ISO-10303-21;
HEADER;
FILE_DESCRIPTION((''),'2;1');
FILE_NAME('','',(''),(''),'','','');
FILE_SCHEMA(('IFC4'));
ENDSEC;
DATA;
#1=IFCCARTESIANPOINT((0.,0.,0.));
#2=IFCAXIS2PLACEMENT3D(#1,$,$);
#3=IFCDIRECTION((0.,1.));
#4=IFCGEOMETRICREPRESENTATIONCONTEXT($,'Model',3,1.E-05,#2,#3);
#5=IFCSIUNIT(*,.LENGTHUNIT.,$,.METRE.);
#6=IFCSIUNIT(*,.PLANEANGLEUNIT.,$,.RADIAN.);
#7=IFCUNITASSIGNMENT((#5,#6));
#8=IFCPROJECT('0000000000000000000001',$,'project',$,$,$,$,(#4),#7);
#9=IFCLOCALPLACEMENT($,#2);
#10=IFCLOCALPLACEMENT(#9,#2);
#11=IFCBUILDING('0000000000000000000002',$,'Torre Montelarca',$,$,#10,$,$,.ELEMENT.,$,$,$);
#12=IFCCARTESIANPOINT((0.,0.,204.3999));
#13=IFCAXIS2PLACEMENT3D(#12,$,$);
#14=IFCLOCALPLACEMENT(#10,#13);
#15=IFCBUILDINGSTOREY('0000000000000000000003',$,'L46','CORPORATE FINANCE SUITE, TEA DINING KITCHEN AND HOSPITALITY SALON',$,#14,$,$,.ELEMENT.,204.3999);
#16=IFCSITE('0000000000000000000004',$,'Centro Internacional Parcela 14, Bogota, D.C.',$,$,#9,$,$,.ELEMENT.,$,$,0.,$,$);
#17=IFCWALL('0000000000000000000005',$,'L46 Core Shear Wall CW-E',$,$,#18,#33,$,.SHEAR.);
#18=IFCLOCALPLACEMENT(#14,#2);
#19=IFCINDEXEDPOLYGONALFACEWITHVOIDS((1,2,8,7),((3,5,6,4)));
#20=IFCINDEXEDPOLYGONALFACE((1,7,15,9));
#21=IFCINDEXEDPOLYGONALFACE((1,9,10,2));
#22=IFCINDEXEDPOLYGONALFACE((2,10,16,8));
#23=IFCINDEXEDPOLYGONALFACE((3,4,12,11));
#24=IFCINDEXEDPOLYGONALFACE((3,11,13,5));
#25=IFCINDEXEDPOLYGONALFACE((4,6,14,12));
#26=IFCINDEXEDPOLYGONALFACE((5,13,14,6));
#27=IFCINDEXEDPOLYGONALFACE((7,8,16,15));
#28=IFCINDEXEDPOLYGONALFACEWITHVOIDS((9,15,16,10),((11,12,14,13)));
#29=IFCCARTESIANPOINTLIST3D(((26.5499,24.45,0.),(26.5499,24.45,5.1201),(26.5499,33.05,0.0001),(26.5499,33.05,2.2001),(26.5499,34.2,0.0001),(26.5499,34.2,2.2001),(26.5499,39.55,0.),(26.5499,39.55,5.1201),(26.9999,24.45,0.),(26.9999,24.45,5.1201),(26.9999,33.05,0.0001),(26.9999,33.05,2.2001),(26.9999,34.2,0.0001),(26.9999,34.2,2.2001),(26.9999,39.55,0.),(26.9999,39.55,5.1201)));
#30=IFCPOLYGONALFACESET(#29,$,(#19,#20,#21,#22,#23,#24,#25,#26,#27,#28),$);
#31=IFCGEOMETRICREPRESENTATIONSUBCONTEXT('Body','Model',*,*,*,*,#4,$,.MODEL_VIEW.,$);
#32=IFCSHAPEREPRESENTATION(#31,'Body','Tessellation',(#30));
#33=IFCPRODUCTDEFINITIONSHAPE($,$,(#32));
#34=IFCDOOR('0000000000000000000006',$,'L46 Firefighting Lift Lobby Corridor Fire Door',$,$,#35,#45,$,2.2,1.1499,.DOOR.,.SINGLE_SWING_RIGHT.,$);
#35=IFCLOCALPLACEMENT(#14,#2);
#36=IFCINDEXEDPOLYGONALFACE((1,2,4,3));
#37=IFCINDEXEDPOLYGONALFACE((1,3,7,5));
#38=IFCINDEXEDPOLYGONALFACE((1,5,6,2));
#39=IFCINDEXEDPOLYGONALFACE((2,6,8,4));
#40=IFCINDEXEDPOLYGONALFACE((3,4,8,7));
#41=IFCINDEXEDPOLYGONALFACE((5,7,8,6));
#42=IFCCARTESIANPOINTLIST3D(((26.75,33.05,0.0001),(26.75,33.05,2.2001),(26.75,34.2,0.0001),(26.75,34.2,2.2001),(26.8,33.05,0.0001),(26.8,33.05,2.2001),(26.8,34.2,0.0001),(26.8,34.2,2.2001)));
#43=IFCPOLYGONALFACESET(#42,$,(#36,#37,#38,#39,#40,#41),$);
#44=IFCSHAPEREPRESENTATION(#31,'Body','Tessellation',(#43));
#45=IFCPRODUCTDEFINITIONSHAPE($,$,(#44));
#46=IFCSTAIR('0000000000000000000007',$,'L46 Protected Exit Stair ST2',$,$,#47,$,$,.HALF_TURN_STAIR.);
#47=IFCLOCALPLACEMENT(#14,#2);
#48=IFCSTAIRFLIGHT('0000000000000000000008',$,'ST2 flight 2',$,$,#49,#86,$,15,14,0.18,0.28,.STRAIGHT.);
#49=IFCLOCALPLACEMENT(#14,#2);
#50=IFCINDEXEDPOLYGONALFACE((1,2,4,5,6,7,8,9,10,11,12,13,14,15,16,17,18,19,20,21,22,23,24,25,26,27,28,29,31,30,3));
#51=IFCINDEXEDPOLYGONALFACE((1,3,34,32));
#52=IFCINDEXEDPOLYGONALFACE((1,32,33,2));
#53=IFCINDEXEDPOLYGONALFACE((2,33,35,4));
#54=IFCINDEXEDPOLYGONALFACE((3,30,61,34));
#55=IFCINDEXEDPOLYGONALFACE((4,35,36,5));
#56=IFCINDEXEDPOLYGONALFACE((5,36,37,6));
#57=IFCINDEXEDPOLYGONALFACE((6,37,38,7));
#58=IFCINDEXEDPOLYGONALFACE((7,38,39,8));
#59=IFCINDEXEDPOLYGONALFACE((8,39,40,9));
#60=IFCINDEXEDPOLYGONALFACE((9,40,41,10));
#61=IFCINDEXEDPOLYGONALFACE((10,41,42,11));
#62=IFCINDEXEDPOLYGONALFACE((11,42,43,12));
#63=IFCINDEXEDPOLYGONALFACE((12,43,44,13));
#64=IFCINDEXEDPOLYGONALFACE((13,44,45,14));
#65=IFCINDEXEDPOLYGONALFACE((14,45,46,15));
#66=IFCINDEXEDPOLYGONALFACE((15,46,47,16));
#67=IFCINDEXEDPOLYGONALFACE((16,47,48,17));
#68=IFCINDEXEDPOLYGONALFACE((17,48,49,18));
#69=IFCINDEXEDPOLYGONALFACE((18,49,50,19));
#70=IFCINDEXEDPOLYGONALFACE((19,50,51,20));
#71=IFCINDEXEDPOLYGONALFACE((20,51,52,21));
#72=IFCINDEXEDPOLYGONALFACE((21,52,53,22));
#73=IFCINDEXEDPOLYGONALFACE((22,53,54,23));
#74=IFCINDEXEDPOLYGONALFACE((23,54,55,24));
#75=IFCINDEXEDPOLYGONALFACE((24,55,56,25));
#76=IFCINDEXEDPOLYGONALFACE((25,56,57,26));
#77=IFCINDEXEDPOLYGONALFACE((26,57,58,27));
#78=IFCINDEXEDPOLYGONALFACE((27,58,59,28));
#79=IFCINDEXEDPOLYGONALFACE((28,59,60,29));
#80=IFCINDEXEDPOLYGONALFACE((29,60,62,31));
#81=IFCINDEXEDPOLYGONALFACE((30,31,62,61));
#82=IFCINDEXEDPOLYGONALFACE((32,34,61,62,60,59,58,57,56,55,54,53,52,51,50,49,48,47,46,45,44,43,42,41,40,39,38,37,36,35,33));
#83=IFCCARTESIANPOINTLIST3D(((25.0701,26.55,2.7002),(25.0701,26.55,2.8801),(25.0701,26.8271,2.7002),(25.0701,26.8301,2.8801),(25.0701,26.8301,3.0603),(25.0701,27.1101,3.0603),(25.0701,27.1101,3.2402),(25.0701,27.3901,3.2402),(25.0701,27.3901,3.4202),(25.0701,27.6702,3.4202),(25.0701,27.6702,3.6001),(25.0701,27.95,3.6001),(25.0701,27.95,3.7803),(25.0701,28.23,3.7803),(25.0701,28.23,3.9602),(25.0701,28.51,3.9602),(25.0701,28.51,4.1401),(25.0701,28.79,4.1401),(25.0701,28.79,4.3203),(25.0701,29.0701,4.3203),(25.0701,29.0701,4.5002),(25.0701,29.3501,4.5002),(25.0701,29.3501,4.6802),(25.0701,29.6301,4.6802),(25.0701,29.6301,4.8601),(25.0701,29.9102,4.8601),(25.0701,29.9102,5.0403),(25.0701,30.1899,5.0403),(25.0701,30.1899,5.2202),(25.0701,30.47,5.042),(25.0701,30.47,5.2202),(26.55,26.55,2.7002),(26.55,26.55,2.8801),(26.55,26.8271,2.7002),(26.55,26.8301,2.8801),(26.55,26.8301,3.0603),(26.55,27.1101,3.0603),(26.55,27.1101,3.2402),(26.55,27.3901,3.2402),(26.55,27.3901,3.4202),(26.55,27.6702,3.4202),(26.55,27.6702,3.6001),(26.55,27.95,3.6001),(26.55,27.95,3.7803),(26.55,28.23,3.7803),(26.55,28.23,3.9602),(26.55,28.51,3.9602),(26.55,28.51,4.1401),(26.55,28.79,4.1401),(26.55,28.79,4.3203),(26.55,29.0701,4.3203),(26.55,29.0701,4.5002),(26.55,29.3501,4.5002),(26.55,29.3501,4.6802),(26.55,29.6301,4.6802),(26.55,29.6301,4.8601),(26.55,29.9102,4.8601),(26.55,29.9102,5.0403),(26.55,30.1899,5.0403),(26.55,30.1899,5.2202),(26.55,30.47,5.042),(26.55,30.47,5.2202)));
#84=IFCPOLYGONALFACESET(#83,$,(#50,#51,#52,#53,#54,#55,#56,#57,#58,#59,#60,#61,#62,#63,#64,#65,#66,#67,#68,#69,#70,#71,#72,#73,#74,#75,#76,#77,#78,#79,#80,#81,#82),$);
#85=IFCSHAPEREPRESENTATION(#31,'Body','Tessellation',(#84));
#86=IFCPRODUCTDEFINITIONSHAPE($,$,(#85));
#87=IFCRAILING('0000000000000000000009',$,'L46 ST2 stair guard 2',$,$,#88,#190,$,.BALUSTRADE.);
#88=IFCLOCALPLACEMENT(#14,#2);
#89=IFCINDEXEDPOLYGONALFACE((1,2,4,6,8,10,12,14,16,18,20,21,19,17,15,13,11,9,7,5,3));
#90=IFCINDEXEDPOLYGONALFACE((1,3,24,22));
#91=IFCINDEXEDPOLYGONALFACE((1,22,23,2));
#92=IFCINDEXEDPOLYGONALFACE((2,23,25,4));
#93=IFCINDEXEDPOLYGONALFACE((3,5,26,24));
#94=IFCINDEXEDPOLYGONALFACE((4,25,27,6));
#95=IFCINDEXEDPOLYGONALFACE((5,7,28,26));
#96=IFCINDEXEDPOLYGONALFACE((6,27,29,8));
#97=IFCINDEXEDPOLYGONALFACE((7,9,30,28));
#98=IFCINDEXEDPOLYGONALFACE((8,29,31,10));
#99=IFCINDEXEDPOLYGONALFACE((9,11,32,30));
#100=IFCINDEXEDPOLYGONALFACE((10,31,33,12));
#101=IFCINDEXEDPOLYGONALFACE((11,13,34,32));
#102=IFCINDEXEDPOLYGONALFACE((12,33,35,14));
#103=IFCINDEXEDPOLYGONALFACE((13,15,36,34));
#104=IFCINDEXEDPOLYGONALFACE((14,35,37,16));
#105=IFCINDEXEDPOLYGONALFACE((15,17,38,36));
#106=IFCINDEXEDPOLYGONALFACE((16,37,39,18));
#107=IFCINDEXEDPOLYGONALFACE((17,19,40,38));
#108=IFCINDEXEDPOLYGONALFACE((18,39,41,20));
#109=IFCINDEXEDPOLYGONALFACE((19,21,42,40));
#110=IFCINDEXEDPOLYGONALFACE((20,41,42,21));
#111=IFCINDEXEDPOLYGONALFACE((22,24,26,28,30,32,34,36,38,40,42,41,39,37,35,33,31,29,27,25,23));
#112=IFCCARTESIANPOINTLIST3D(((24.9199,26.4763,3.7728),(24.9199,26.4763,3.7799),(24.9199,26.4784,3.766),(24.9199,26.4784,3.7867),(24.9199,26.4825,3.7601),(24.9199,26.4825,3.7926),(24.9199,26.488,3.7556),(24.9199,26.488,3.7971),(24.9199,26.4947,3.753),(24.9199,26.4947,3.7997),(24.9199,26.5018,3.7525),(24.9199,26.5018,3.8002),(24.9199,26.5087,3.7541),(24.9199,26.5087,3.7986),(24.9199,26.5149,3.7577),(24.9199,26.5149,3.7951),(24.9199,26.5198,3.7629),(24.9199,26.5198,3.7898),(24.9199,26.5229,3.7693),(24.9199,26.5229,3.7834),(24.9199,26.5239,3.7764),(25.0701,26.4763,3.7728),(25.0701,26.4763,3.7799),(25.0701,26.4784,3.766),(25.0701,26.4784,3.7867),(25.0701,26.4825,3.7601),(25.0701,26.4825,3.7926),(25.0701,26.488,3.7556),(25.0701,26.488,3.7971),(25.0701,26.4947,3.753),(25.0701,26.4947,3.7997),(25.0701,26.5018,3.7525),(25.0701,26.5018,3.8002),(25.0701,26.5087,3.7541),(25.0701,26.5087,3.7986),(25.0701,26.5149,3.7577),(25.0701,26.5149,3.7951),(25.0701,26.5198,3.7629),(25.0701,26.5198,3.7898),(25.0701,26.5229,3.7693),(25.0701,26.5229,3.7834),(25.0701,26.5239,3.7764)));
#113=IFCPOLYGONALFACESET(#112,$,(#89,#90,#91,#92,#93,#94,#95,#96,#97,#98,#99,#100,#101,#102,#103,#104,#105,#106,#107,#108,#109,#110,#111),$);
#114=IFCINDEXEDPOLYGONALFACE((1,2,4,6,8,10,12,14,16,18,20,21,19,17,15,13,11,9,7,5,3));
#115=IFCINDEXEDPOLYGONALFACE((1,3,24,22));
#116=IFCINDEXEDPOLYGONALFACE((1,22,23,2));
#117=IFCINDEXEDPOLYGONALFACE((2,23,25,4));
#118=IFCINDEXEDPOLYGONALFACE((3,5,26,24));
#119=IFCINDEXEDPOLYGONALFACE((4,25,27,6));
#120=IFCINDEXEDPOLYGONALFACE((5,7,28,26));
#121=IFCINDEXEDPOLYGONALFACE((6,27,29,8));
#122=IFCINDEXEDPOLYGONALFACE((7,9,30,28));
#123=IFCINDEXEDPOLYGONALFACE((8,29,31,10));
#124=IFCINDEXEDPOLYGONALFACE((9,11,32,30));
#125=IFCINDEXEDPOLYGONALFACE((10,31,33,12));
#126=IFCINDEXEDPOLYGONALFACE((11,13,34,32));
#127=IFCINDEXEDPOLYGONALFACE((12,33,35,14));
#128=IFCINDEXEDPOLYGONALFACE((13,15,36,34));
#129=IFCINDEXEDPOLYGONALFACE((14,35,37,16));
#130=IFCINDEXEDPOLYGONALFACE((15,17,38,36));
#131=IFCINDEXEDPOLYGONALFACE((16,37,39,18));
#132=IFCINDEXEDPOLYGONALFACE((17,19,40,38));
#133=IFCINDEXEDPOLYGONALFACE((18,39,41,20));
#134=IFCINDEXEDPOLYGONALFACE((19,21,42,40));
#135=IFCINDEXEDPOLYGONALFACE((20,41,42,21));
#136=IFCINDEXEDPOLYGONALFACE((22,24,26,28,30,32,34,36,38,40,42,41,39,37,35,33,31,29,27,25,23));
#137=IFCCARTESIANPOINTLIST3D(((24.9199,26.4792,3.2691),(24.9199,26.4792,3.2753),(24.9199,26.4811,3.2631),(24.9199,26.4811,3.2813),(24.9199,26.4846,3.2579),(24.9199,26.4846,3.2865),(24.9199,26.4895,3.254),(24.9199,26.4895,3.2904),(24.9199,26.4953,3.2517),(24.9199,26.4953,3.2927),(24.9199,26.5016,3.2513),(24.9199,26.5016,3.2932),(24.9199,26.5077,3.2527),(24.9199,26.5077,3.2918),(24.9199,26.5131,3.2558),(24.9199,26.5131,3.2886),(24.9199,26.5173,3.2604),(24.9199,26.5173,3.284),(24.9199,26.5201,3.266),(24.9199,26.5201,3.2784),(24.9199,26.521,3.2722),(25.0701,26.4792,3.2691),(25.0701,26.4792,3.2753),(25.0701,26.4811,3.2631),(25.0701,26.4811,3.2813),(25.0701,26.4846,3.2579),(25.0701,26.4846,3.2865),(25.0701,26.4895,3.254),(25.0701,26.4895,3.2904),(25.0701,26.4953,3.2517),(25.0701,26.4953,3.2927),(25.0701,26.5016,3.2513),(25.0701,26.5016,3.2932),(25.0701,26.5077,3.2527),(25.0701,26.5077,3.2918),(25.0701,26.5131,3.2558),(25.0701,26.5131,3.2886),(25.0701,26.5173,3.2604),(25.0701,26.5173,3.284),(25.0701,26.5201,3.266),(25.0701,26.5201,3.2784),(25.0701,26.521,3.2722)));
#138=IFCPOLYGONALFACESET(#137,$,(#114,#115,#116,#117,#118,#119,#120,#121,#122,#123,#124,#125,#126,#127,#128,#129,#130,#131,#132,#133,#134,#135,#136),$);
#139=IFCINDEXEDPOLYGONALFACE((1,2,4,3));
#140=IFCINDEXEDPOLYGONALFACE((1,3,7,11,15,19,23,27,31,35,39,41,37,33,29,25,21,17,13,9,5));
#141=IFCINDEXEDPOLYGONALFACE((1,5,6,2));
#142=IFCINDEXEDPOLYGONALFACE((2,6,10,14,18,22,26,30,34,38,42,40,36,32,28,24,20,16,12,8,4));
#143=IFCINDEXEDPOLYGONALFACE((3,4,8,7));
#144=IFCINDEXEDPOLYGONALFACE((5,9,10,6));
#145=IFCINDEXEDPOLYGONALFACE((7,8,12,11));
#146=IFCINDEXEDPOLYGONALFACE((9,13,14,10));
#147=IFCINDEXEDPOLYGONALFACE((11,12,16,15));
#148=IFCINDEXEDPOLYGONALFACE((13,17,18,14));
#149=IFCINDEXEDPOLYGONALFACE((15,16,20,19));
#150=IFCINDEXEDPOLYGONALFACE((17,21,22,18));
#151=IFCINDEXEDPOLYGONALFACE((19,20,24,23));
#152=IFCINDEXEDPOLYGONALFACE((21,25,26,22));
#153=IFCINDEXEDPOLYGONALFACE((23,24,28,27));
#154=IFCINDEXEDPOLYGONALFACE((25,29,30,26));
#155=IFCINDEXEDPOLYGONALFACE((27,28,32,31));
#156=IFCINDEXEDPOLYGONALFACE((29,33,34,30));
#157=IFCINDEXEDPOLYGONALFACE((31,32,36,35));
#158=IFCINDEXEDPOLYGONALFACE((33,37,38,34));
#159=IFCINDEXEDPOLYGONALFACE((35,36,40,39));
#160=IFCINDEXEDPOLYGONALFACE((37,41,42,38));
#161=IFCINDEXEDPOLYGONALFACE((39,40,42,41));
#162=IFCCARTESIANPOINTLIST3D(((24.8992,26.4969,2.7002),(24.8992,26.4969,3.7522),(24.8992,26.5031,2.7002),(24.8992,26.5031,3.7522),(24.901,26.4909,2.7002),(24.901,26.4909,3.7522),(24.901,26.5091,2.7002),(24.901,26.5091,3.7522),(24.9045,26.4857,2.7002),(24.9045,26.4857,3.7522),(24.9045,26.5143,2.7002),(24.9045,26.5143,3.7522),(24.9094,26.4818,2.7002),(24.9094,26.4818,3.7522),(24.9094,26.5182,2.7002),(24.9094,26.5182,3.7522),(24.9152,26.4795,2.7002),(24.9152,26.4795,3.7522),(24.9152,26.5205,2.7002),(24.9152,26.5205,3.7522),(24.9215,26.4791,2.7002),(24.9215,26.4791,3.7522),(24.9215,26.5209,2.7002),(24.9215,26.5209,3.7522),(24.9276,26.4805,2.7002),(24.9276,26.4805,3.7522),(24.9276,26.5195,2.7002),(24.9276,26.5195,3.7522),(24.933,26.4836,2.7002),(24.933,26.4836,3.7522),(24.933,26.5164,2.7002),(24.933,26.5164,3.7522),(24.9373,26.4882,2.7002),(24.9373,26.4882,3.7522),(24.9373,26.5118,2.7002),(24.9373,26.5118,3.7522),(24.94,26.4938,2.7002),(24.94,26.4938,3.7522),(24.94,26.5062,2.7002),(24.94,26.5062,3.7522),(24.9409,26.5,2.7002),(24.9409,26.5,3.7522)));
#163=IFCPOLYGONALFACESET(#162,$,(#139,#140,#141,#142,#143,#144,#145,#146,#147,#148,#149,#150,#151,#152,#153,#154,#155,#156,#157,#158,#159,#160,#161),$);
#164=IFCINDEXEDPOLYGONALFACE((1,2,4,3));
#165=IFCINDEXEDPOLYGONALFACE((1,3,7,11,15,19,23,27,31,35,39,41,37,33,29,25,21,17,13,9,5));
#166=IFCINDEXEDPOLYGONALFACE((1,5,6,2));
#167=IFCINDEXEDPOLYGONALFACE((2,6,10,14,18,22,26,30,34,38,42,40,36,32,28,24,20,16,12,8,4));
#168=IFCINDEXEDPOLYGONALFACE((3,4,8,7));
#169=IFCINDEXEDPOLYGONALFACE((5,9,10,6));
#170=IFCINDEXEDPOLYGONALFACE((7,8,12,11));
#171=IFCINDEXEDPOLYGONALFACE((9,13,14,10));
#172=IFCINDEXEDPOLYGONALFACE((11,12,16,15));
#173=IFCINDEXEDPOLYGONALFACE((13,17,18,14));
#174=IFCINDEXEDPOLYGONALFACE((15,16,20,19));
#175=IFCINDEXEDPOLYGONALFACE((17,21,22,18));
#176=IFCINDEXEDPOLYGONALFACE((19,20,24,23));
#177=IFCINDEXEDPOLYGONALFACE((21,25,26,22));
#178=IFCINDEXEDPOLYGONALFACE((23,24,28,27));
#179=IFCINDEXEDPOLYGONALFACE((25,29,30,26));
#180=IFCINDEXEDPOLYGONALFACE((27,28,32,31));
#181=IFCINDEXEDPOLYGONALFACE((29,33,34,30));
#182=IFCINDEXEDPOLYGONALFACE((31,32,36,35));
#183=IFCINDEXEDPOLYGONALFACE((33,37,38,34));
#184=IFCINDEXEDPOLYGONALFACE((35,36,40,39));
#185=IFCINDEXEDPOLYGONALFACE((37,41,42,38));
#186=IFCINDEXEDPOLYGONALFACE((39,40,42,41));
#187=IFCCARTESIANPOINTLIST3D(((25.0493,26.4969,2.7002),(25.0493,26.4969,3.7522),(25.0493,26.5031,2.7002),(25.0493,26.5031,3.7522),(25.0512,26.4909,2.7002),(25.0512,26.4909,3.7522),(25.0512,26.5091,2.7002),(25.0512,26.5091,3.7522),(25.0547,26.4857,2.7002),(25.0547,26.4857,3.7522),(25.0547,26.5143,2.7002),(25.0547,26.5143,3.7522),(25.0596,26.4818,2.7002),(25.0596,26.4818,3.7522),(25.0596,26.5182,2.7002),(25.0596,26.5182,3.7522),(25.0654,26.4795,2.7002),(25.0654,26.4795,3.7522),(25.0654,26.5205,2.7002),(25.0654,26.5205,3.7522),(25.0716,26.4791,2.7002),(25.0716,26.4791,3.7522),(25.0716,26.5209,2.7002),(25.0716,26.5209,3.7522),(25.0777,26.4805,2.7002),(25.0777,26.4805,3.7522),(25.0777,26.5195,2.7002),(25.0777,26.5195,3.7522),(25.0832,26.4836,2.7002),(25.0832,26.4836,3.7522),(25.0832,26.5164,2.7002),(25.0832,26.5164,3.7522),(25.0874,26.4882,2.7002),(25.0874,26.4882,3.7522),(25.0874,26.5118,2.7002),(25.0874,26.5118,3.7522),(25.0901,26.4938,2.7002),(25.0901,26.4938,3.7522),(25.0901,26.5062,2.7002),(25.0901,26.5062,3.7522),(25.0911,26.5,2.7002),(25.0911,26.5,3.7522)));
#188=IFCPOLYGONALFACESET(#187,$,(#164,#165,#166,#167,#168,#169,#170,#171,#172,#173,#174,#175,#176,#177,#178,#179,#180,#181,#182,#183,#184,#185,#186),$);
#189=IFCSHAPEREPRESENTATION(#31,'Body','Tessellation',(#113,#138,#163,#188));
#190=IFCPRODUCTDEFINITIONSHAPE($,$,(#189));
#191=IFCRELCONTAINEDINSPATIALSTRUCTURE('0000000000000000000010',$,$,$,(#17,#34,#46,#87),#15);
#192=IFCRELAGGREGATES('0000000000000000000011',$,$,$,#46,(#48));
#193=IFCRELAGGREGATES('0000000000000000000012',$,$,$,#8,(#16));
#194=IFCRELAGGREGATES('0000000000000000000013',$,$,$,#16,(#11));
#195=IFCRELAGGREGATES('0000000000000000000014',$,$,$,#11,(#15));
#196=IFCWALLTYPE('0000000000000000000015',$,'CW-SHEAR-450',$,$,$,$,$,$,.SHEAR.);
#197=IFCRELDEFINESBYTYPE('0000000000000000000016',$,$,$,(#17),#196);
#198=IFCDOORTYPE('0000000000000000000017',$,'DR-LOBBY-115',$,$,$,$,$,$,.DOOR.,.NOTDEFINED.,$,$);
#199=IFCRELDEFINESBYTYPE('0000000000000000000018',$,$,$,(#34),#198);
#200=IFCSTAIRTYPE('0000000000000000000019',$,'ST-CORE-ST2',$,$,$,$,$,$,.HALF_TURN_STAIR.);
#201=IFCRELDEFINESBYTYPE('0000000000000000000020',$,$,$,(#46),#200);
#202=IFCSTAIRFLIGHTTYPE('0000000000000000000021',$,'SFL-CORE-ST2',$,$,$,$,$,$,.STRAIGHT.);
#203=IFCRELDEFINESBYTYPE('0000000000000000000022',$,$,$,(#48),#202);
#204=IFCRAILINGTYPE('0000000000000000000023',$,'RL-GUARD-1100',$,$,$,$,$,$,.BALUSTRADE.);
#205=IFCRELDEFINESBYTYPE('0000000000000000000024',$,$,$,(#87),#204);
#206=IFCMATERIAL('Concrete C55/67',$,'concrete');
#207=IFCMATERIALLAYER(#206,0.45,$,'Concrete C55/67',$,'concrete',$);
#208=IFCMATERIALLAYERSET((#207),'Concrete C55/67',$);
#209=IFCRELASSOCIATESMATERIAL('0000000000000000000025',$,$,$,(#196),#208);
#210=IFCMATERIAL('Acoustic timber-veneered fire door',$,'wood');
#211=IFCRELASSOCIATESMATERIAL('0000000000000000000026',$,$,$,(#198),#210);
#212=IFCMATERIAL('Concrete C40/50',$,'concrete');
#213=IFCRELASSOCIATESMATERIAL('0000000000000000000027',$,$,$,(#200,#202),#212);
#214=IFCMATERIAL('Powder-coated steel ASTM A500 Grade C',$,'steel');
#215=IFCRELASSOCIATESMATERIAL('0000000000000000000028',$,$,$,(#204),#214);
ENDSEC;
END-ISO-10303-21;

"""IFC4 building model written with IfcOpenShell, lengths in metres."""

from ifc_helpers import new_model, si_unit, direction, frame, frame_2d, origin, origin_2d, place, context, subcontext, project, spatial, polyline, rectangle, circle, outline, extrude, source, transform, mapped, material, layer, layer_set, type_object, element, fill, aggregate, save


model = new_model("IFC4")

# Units and contexts
model_context = context("Model", 3, precision=1e-05, world=origin(), true_north=direction((0.0, 1.0)))
body_context = subcontext(model_context, "Body", "Model", "MODEL_VIEW")
ifc_project = project(units=[si_unit("LENGTHUNIT", "METRE"), si_unit("PLANEANGLEUNIT", "RADIAN")], contexts=[model_context])

# Site, building, storey
site_placement = place(None, origin())
site = spatial("IfcSite", under=ifc_project, at=site_placement, Name="Centro Internacional Parcela 14, Bogota, D.C.", CompositionType="ELEMENT", RefElevation=0.0)
building_placement = place(site_placement, origin())
building = spatial("IfcBuilding", under=site, at=building_placement, Name="Torre Montelarca", CompositionType="ELEMENT")
storey_placement = place(building_placement, frame((0.0, 0.0, 204.3999)))
storey = spatial("IfcBuildingStorey", under=building, at=storey_placement, Name="L46", Description="CORPORATE FINANCE SUITE, TEA DINING KITCHEN AND HOSPITALITY SALON", CompositionType="ELEMENT", Elevation=204.3999)

# Shared definitions
ifc_material_1 = material(Name="Concrete C55/67", Category="concrete")

# Shared definitions
ifc_material_2 = material(Name="Concrete C40/50", Category="concrete")

# Wall, opening, door
ifc_layer_1 = layer(ifc_material_1, 0.45, Name="Concrete C55/67", Category="concrete")
ifc_layer_set_1 = layer_set([ifc_layer_1], Name="Concrete C55/67")
wall_type_1 = type_object("IfcWallType", Name="CW-SHEAR-450", PredefinedType="SHEAR", material=ifc_layer_set_1)
wall_1_placement = place(storey_placement, frame((26.7749, 24.45, 0.0), z_axis=(0.0, 0.0, 1.0), x_axis=(0.0, 1.0, 0.0)))
wall_1 = element("IfcWall", 1, at=wall_1_placement, inside=storey, type_object=wall_type_1, Name="L46 Core Shear Wall CW-E", PredefinedType="SHEAR", context=body_context, shape_type="SweptSolid", body=[
    extrude(rectangle(XDim=15.1001, YDim=0.45, at=frame_2d((7.55, 0.0))), origin(), (0.0, 0.0, 1.0), 5.1201),
])
opening_placement = place(wall_1_placement, frame((8.6001, 0.0, 0.0)))
opening = element("IfcOpeningElement", 2, at=opening_placement, cuts=wall_1, PredefinedType="OPENING", context=body_context, shape_type="SweptSolid", body=[
    extrude(rectangle(XDim=1.1499, YDim=2.2, at=frame_2d((0.575, 1.1001))), frame((0.0, 0.2349, 0.0), z_axis=(0.0, -1.0, 0.0), x_axis=(1.0, 0.0, 0.0)), (0.0, 0.0, 1.0), 0.47),
])
ifc_material_3 = material(Name="Acoustic timber-veneered fire door", Category="wood")
door_type = type_object("IfcDoorType", Name="DR-LOBBY-115", OperationType="NOTDEFINED", PredefinedType="DOOR", material=ifc_material_3)
shared_shape_1 = source(origin(), body_context, "Body", "SweptSolid", [
    extrude(rectangle(XDim=1.1499, YDim=2.2, at=frame_2d((0.575, 1.1001))), frame((0.0, 0.0249, 0.0), z_axis=(0.0, -1.0, 0.0), x_axis=(1.0, 0.0, 0.0)), (0.0, 0.0, 1.0), 0.05),
])
door_placement = place(opening_placement, origin())
door = element("IfcDoor", 3, at=door_placement, inside=storey, type_object=door_type, Name="L46 Firefighting Lift Lobby Corridor Fire Door", OperationType="SINGLE_SWING_RIGHT", OverallHeight=2.2, OverallWidth=1.1499, PredefinedType="DOOR", context=body_context, shape_type="MappedRepresentation", body=[
    mapped(shared_shape_1, transform((0.0, 0.0, 0.0), scale=1.0)),
])
fill(opening, door)

# Stair, stair flight
stair_type = type_object("IfcStairType", Name="ST-CORE-ST2", PredefinedType="HALF_TURN_STAIR", material=ifc_material_2)
stair_placement = place(storey_placement, origin())
stair = element("IfcStair", 4, at=stair_placement, inside=storey, type_object=stair_type, Name="L46 Protected Exit Stair ST2", PredefinedType="HALF_TURN_STAIR")
stair_flight_type = type_object("IfcStairFlightType", Name="SFL-CORE-ST2", PredefinedType="STRAIGHT", material=ifc_material_2)
stair_flight_placement = place(storey_placement, frame((25.8101, 26.55, 2.7002), z_axis=(0.0, 0.0, 1.0), x_axis=(0.0, 1.0, 0.0)))
stair_flight = element("IfcStairFlight", 5, at=stair_flight_placement, type_object=stair_flight_type, Name="ST2 flight 2", NumberOfRisers=15, NumberOfTreads=14, PredefinedType="STRAIGHT", RiserHeight=0.18, TreadLength=0.28, context=body_context, shape_type="SweptSolid", body=[
    extrude(outline(polyline([(0.0, 0.0), (0.0, 0.1799), (0.28, 0.1799), (0.28, 0.3601), (0.5601, 0.3601), (0.5601, 0.54), (0.8401, 0.54), (0.8401, 0.72), (1.1201, 0.72), (1.1201, 0.8999), (1.3999, 0.8999), (1.3999, 1.0801), (1.6799, 1.0801), (1.6799, 1.26), (1.96, 1.26), (1.96, 1.4399), (2.24, 1.4399), (2.24, 1.6201), (2.52, 1.6201), (2.52, 1.8), (2.8, 1.8), (2.8, 1.98), (3.0801, 1.98), (3.0801, 2.1599), (3.3601, 2.1599), (3.3601, 2.3401), (3.6399, 2.3401), (3.6399, 2.52), (3.9199, 2.52), (3.9199, 2.7), (3.9199, 2.3418), (0.2771, 0.0), (0.0, 0.0)])), frame((0.0, 0.74, 0.0), z_axis=(0.0, -1.0, 0.0), x_axis=(1.0, 0.0, 0.0)), (0.0, 0.0, 1.0), 1.48),
])
aggregate(stair, [stair_flight])

# Railing
ifc_material_4 = material(Name="Powder-coated steel ASTM A500 Grade C", Category="steel")
railing_type = type_object("IfcRailingType", Name="RL-GUARD-1100", PredefinedType="BALUSTRADE", material=ifc_material_4)
railing_1_placement = place(storey_placement, frame((24.9199, 26.5, 2.7002)))
element("IfcRailing", 6, at=railing_1_placement, inside=storey, type_object=railing_type, Name="L46 ST2 stair guard 2", PredefinedType="BALUSTRADE", context=body_context, shape_type="SweptSolid", body=[
    extrude(circle(Radius=0.0239, at=origin_2d()), frame((0.0, 0.0, 1.0762), z_axis=(1.0, 0.0, 0.0), x_axis=(0.0, 1.0, 0.0)), (0.0, 0.0, 1.0), 0.1501),
    extrude(circle(Radius=0.021, at=origin_2d()), frame((0.0, 0.0, 0.572), z_axis=(1.0, 0.0, 0.0), x_axis=(0.0, 1.0, 0.0)), (0.0, 0.0, 1.0), 0.1501),
    extrude(circle(Radius=0.021, at=origin_2d()), origin(), (0.0, 0.0, 1.0), 1.052),
    extrude(circle(Radius=0.021, at=origin_2d()), frame((0.1501, 0.0, 0.0)), (0.0, 0.0, 1.0), 1.052),
])

save(model, "model.ifc")
